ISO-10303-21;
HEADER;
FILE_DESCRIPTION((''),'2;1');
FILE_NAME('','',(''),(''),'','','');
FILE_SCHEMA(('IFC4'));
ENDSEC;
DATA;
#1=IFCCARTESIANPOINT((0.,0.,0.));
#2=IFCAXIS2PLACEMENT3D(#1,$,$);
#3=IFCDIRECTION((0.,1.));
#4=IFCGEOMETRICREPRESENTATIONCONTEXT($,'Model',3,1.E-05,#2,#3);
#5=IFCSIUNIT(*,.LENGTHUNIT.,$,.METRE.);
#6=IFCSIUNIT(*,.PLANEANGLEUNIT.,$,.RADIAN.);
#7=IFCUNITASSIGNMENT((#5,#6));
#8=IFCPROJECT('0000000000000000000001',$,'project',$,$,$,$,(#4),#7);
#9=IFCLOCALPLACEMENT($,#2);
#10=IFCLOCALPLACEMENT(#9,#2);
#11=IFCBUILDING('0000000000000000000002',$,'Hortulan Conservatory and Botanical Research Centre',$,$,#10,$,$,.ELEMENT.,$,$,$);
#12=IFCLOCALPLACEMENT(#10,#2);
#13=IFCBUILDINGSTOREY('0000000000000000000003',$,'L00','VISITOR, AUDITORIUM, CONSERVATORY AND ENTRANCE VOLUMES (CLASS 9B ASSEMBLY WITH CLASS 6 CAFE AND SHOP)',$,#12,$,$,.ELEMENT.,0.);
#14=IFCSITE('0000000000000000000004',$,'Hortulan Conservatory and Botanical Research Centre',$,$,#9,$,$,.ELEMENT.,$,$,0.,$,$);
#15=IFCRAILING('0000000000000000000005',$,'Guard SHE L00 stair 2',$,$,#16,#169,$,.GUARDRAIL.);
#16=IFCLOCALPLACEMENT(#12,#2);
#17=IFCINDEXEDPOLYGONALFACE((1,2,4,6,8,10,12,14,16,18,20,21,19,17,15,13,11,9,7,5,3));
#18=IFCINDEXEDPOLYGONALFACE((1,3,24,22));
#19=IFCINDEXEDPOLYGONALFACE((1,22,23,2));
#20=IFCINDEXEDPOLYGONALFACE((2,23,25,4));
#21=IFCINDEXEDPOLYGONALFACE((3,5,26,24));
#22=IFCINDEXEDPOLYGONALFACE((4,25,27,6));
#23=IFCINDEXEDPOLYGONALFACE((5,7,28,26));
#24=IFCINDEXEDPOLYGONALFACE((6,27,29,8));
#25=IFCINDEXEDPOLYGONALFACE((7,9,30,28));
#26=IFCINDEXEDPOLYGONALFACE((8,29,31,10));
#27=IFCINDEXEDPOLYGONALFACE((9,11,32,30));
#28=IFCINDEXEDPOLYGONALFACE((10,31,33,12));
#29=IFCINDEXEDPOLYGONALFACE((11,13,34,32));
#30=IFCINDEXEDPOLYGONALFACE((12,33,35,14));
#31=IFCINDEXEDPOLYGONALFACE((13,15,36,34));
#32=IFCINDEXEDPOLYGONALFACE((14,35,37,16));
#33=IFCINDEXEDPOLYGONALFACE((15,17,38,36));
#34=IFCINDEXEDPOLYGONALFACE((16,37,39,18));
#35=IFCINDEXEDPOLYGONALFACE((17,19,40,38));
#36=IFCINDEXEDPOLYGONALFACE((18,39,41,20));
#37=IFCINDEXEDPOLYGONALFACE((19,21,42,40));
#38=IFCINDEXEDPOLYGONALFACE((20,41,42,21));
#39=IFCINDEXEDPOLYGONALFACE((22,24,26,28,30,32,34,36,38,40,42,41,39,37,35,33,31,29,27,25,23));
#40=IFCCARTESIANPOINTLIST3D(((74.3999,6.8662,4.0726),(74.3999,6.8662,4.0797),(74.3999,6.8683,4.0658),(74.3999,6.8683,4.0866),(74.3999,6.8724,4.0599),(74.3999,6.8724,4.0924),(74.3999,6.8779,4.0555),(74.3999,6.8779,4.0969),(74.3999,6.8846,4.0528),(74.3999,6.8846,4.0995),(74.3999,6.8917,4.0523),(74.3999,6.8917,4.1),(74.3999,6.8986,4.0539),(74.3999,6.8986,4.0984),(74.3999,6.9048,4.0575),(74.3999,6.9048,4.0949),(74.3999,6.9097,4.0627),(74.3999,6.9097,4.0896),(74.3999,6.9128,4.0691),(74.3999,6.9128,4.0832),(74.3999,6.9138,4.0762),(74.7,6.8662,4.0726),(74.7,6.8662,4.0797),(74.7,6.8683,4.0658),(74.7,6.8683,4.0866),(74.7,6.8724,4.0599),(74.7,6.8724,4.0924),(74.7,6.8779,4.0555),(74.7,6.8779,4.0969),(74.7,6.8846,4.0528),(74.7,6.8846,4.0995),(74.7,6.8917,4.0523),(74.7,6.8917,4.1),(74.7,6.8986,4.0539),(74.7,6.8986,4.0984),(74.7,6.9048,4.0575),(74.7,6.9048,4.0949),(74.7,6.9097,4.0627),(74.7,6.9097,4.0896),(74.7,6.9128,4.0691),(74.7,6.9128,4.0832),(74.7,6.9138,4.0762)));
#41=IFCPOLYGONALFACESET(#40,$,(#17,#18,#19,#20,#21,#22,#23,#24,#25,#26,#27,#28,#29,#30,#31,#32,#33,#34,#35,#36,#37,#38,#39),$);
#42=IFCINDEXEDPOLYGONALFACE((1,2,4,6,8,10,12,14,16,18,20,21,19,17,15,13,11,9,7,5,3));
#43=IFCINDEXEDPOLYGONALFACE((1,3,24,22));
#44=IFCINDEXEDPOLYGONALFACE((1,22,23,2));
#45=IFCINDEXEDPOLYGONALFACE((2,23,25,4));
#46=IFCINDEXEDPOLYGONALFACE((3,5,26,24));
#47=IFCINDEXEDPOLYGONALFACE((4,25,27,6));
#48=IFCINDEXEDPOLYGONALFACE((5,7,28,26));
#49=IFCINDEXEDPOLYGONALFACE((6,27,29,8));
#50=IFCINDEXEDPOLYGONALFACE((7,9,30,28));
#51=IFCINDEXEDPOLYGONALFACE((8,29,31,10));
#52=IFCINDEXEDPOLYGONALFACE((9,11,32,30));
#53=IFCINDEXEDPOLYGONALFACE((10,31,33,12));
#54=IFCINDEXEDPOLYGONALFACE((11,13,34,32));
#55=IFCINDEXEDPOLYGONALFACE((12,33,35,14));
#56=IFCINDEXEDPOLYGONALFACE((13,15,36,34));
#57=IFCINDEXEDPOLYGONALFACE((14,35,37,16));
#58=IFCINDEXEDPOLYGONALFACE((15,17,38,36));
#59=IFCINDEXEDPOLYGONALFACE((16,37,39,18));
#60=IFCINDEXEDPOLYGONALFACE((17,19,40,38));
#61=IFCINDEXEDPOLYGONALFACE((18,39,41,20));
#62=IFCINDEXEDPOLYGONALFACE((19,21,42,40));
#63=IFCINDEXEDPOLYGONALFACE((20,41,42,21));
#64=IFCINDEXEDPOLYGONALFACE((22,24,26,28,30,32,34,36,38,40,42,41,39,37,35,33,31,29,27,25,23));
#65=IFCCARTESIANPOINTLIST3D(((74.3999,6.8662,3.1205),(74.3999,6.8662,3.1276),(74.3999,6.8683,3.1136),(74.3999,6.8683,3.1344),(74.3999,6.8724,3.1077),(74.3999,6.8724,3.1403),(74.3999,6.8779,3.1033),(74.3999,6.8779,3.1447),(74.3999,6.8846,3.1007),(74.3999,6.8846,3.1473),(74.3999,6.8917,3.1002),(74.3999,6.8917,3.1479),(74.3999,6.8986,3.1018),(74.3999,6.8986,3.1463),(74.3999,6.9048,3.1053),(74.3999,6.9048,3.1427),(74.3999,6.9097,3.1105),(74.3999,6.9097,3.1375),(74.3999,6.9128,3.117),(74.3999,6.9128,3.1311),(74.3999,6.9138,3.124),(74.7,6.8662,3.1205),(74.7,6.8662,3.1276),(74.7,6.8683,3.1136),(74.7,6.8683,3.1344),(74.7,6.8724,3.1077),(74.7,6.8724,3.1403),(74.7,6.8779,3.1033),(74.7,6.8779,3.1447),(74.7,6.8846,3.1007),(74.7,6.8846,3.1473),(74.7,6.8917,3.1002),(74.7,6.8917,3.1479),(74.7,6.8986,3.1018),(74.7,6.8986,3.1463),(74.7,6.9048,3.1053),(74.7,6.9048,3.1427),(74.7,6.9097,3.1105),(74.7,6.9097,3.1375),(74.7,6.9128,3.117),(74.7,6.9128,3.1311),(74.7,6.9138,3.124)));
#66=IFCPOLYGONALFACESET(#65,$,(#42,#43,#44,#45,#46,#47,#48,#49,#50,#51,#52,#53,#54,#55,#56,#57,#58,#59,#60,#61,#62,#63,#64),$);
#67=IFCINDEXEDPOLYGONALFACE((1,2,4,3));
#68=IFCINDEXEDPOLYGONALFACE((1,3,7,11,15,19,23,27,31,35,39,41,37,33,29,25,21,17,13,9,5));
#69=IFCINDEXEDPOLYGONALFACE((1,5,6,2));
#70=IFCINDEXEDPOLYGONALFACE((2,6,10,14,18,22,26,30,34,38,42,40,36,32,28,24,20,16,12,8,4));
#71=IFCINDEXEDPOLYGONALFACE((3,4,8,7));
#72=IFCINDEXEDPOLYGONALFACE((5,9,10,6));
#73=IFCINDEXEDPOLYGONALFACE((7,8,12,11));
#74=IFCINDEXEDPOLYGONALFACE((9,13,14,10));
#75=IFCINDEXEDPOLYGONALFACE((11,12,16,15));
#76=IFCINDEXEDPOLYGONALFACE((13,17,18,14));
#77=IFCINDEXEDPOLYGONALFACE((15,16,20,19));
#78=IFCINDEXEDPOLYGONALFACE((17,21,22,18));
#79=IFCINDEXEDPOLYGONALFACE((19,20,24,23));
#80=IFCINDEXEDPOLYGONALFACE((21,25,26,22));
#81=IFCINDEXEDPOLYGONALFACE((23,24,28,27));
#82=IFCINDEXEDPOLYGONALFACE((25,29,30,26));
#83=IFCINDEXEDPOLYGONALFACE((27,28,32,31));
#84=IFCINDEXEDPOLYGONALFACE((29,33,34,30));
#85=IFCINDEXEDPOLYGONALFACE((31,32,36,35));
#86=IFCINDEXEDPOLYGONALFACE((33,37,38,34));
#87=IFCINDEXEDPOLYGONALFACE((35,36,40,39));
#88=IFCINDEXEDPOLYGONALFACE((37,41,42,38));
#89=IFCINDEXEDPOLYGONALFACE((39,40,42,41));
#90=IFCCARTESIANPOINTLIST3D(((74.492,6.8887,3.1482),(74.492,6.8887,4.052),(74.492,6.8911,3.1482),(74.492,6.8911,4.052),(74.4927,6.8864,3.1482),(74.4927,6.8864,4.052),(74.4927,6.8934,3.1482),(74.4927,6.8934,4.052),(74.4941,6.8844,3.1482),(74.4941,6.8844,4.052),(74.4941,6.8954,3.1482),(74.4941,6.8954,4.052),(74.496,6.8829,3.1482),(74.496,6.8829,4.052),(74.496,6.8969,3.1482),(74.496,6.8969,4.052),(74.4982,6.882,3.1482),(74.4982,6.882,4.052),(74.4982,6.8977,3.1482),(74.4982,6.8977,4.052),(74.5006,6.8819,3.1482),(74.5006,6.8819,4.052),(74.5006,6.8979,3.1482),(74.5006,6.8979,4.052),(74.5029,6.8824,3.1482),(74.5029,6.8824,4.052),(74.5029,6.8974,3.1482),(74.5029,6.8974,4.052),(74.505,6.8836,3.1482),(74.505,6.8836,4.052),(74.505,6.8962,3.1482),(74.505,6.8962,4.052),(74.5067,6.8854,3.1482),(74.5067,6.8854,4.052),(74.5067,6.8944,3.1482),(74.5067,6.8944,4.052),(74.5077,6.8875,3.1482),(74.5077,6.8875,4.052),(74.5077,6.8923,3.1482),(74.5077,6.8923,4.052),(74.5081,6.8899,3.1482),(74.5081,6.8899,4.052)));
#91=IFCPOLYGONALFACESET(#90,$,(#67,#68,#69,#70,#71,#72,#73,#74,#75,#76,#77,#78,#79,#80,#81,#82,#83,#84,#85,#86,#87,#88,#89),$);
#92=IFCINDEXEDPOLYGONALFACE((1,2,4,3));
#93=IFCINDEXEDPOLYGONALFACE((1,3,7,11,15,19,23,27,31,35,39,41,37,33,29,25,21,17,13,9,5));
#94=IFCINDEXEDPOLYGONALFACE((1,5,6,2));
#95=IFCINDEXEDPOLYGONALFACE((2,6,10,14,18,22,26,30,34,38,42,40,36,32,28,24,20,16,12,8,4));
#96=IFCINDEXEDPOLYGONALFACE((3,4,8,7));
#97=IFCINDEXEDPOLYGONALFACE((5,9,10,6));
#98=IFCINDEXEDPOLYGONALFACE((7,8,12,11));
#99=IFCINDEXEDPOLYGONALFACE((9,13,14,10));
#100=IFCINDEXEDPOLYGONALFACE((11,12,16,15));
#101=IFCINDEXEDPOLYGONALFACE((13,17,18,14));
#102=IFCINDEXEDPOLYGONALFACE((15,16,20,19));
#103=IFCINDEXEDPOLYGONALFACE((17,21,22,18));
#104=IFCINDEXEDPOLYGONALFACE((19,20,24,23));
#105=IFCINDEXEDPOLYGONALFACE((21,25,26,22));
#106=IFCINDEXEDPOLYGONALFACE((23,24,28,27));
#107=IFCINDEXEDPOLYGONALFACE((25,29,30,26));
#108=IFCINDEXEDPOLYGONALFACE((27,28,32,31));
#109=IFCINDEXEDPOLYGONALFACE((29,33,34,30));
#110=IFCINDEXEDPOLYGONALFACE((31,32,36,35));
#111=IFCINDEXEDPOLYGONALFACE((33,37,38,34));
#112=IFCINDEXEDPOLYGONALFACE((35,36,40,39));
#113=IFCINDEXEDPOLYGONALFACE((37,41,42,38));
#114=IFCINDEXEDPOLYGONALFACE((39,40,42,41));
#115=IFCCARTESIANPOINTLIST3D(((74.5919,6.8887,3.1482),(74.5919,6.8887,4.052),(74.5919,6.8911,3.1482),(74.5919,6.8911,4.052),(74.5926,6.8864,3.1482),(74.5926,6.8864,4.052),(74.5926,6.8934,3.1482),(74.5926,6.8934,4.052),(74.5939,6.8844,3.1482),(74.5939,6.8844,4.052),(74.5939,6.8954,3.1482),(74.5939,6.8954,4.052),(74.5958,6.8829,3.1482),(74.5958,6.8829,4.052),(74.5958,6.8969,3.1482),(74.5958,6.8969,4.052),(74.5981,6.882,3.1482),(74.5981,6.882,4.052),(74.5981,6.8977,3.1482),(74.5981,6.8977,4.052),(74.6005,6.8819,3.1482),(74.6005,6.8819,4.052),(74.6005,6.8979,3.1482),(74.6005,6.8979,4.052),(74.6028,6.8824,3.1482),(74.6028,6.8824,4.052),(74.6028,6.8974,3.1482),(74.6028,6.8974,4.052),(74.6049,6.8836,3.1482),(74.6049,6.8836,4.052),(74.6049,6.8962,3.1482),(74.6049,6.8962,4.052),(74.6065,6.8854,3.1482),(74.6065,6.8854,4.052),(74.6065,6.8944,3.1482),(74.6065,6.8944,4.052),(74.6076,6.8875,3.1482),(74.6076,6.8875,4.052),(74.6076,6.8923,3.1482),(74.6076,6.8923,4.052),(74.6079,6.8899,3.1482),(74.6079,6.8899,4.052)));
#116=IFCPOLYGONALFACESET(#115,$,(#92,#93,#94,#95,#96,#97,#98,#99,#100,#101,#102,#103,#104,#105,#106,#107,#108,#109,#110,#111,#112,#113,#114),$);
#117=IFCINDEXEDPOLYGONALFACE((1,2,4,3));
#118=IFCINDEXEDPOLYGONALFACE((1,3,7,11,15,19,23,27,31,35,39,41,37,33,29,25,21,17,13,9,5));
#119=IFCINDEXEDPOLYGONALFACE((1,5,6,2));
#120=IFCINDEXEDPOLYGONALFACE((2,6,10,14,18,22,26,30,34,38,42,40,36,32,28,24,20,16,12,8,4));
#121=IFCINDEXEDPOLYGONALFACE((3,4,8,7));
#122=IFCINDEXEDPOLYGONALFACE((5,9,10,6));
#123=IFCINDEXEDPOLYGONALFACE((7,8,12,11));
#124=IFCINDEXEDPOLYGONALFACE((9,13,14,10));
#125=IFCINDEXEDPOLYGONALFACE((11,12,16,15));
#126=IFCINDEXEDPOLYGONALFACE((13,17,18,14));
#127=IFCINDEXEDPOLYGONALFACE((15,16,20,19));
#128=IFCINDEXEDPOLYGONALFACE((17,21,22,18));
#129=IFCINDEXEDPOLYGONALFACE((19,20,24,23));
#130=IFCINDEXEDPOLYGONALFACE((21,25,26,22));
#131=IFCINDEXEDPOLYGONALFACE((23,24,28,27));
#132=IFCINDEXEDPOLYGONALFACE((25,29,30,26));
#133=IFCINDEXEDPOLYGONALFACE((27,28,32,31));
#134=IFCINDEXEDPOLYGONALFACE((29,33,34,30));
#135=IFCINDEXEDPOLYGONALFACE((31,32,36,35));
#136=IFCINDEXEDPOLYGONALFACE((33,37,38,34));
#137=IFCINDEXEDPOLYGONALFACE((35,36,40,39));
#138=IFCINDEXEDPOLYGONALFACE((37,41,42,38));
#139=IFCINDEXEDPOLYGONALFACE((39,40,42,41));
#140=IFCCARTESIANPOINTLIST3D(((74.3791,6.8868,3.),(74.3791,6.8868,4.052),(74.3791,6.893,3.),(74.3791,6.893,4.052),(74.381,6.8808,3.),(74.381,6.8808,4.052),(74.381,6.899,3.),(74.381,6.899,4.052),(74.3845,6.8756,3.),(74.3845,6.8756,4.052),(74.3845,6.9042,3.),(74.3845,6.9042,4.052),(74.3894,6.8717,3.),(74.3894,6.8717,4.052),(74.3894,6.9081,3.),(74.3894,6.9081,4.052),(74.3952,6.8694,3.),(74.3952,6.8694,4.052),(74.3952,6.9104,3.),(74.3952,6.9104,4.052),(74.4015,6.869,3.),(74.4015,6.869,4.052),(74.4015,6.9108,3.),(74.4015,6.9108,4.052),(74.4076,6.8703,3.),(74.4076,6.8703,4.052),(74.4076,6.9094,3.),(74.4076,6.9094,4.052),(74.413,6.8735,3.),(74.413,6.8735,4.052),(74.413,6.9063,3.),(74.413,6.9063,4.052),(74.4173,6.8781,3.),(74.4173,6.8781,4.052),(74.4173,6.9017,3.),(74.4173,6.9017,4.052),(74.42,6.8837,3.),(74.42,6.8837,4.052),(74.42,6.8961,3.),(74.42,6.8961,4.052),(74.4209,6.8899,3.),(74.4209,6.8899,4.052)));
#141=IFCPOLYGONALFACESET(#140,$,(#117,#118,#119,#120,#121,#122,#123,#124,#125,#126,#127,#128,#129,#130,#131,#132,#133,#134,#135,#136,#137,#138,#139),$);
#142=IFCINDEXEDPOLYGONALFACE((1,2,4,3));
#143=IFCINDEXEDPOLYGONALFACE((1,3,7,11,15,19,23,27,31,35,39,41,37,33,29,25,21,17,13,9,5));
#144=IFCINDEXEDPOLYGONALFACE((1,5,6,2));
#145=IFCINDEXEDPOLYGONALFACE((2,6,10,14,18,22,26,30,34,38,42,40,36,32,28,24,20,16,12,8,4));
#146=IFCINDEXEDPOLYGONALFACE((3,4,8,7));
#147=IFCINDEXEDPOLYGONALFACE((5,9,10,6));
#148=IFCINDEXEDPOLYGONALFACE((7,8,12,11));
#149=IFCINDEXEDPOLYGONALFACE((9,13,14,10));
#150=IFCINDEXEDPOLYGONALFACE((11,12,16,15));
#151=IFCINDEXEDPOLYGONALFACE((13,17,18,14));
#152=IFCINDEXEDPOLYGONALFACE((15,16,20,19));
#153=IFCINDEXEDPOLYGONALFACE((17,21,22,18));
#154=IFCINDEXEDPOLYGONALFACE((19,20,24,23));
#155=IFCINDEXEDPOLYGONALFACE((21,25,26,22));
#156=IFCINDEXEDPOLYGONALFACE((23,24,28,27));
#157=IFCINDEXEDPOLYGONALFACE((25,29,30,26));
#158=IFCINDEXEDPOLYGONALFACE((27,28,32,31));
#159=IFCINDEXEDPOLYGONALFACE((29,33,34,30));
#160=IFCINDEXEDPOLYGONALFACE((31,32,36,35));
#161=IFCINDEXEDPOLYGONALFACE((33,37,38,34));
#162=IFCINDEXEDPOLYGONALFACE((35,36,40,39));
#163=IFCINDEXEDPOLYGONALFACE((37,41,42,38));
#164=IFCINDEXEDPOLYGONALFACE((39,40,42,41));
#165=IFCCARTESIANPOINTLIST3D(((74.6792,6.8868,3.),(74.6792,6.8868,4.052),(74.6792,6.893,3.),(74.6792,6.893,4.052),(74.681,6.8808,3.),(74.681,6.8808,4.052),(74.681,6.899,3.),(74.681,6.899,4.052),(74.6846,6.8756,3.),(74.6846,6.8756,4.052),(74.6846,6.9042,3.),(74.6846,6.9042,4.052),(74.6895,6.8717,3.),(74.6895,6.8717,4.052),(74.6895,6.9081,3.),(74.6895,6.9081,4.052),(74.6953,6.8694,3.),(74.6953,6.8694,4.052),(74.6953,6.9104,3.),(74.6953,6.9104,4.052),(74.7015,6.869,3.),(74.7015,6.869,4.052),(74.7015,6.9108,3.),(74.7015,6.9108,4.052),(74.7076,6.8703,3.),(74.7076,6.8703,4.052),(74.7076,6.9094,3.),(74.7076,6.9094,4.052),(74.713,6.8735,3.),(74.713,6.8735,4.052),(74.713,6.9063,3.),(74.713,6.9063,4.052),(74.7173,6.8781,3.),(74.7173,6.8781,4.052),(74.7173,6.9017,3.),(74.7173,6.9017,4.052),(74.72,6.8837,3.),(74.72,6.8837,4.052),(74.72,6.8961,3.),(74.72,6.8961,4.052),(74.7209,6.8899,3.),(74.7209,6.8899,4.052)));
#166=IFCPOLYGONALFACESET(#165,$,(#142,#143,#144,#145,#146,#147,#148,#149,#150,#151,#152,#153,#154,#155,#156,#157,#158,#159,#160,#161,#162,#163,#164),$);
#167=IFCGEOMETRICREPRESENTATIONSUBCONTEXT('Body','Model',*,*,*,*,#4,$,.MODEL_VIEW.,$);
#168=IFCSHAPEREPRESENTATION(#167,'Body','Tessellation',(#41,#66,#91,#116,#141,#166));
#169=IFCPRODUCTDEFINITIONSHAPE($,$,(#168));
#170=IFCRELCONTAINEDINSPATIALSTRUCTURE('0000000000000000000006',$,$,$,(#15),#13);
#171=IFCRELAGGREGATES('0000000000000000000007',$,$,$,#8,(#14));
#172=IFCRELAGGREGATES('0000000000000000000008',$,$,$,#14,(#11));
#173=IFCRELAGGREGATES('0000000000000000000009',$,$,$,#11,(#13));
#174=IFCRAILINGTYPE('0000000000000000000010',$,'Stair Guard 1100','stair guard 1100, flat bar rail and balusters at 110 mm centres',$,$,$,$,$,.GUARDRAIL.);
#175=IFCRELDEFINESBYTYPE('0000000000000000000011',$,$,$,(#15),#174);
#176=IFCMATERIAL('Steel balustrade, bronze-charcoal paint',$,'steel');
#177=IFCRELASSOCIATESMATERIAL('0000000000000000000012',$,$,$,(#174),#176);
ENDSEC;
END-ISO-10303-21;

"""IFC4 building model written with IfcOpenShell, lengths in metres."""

from ifc_helpers import new_model, si_unit, direction, frame, origin, origin_2d, place, context, subcontext, project, spatial, circle, extrude, material, type_object, element, save


model = new_model("IFC4")

# Units and contexts
model_context = context("Model", 3, precision=1e-05, world=origin(), true_north=direction((0.0, 1.0)))
body_context = subcontext(model_context, "Body", "Model", "MODEL_VIEW")
ifc_project = project(units=[si_unit("LENGTHUNIT", "METRE"), si_unit("PLANEANGLEUNIT", "RADIAN")], contexts=[model_context])

# Site, building, storey
site_placement = place(None, origin())
site = spatial("IfcSite", under=ifc_project, at=site_placement, Name="Hortulan Conservatory and Botanical Research Centre", CompositionType="ELEMENT", RefElevation=0.0)
building_placement = place(site_placement, origin())
building = spatial("IfcBuilding", under=site, at=building_placement, Name="Hortulan Conservatory and Botanical Research Centre", CompositionType="ELEMENT")
storey_placement = place(building_placement, origin())
storey = spatial("IfcBuildingStorey", under=building, at=storey_placement, Name="L00", Description="VISITOR, AUDITORIUM, CONSERVATORY AND ENTRANCE VOLUMES (CLASS 9B ASSEMBLY WITH CLASS 6 CAFE AND SHOP)", CompositionType="ELEMENT", Elevation=0.0)

# Railing
ifc_material_1 = material(Name="Steel balustrade, bronze-charcoal paint", Category="steel")
railing_type_1 = type_object("IfcRailingType", Name="Stair Guard 1100", Description="stair guard 1100, flat bar rail and balusters at 110 mm centres", PredefinedType="GUARDRAIL", material=ifc_material_1)
railing_1_placement = place(storey_placement, frame((74.3999, 6.8899, 3.0)))
element("IfcRailing", 1, at=railing_1_placement, inside=storey, type_object=railing_type_1, Name="Guard SHE L00 stair 2", PredefinedType="GUARDRAIL", context=body_context, shape_type="SweptSolid", body=[
    extrude(circle(Radius=0.0239, at=origin_2d()), frame((0.0, 0.0, 1.0762), z_axis=(1.0, 0.0, 0.0), x_axis=(0.0, 1.0, 0.0)), (0.0, 0.0, 1.0), 0.3),
    extrude(circle(Radius=0.0239, at=origin_2d()), frame((0.0, 0.0, 0.124), z_axis=(1.0, 0.0, 0.0), x_axis=(0.0, 1.0, 0.0)), (0.0, 0.0, 1.0), 0.3),
    extrude(circle(Radius=0.0081, at=origin_2d()), frame((0.1001, 0.0, 0.1482)), (0.0, 0.0, 1.0), 0.9038),
    extrude(circle(Radius=0.0081, at=origin_2d()), frame((0.2, 0.0, 0.1482)), (0.0, 0.0, 1.0), 0.9038),
    extrude(circle(Radius=0.021, at=origin_2d()), origin(), (0.0, 0.0, 1.0), 1.052),
    extrude(circle(Radius=0.021, at=origin_2d()), frame((0.3, 0.0, 0.0)), (0.0, 0.0, 1.0), 1.052),
])

save(model, "model.ifc")
